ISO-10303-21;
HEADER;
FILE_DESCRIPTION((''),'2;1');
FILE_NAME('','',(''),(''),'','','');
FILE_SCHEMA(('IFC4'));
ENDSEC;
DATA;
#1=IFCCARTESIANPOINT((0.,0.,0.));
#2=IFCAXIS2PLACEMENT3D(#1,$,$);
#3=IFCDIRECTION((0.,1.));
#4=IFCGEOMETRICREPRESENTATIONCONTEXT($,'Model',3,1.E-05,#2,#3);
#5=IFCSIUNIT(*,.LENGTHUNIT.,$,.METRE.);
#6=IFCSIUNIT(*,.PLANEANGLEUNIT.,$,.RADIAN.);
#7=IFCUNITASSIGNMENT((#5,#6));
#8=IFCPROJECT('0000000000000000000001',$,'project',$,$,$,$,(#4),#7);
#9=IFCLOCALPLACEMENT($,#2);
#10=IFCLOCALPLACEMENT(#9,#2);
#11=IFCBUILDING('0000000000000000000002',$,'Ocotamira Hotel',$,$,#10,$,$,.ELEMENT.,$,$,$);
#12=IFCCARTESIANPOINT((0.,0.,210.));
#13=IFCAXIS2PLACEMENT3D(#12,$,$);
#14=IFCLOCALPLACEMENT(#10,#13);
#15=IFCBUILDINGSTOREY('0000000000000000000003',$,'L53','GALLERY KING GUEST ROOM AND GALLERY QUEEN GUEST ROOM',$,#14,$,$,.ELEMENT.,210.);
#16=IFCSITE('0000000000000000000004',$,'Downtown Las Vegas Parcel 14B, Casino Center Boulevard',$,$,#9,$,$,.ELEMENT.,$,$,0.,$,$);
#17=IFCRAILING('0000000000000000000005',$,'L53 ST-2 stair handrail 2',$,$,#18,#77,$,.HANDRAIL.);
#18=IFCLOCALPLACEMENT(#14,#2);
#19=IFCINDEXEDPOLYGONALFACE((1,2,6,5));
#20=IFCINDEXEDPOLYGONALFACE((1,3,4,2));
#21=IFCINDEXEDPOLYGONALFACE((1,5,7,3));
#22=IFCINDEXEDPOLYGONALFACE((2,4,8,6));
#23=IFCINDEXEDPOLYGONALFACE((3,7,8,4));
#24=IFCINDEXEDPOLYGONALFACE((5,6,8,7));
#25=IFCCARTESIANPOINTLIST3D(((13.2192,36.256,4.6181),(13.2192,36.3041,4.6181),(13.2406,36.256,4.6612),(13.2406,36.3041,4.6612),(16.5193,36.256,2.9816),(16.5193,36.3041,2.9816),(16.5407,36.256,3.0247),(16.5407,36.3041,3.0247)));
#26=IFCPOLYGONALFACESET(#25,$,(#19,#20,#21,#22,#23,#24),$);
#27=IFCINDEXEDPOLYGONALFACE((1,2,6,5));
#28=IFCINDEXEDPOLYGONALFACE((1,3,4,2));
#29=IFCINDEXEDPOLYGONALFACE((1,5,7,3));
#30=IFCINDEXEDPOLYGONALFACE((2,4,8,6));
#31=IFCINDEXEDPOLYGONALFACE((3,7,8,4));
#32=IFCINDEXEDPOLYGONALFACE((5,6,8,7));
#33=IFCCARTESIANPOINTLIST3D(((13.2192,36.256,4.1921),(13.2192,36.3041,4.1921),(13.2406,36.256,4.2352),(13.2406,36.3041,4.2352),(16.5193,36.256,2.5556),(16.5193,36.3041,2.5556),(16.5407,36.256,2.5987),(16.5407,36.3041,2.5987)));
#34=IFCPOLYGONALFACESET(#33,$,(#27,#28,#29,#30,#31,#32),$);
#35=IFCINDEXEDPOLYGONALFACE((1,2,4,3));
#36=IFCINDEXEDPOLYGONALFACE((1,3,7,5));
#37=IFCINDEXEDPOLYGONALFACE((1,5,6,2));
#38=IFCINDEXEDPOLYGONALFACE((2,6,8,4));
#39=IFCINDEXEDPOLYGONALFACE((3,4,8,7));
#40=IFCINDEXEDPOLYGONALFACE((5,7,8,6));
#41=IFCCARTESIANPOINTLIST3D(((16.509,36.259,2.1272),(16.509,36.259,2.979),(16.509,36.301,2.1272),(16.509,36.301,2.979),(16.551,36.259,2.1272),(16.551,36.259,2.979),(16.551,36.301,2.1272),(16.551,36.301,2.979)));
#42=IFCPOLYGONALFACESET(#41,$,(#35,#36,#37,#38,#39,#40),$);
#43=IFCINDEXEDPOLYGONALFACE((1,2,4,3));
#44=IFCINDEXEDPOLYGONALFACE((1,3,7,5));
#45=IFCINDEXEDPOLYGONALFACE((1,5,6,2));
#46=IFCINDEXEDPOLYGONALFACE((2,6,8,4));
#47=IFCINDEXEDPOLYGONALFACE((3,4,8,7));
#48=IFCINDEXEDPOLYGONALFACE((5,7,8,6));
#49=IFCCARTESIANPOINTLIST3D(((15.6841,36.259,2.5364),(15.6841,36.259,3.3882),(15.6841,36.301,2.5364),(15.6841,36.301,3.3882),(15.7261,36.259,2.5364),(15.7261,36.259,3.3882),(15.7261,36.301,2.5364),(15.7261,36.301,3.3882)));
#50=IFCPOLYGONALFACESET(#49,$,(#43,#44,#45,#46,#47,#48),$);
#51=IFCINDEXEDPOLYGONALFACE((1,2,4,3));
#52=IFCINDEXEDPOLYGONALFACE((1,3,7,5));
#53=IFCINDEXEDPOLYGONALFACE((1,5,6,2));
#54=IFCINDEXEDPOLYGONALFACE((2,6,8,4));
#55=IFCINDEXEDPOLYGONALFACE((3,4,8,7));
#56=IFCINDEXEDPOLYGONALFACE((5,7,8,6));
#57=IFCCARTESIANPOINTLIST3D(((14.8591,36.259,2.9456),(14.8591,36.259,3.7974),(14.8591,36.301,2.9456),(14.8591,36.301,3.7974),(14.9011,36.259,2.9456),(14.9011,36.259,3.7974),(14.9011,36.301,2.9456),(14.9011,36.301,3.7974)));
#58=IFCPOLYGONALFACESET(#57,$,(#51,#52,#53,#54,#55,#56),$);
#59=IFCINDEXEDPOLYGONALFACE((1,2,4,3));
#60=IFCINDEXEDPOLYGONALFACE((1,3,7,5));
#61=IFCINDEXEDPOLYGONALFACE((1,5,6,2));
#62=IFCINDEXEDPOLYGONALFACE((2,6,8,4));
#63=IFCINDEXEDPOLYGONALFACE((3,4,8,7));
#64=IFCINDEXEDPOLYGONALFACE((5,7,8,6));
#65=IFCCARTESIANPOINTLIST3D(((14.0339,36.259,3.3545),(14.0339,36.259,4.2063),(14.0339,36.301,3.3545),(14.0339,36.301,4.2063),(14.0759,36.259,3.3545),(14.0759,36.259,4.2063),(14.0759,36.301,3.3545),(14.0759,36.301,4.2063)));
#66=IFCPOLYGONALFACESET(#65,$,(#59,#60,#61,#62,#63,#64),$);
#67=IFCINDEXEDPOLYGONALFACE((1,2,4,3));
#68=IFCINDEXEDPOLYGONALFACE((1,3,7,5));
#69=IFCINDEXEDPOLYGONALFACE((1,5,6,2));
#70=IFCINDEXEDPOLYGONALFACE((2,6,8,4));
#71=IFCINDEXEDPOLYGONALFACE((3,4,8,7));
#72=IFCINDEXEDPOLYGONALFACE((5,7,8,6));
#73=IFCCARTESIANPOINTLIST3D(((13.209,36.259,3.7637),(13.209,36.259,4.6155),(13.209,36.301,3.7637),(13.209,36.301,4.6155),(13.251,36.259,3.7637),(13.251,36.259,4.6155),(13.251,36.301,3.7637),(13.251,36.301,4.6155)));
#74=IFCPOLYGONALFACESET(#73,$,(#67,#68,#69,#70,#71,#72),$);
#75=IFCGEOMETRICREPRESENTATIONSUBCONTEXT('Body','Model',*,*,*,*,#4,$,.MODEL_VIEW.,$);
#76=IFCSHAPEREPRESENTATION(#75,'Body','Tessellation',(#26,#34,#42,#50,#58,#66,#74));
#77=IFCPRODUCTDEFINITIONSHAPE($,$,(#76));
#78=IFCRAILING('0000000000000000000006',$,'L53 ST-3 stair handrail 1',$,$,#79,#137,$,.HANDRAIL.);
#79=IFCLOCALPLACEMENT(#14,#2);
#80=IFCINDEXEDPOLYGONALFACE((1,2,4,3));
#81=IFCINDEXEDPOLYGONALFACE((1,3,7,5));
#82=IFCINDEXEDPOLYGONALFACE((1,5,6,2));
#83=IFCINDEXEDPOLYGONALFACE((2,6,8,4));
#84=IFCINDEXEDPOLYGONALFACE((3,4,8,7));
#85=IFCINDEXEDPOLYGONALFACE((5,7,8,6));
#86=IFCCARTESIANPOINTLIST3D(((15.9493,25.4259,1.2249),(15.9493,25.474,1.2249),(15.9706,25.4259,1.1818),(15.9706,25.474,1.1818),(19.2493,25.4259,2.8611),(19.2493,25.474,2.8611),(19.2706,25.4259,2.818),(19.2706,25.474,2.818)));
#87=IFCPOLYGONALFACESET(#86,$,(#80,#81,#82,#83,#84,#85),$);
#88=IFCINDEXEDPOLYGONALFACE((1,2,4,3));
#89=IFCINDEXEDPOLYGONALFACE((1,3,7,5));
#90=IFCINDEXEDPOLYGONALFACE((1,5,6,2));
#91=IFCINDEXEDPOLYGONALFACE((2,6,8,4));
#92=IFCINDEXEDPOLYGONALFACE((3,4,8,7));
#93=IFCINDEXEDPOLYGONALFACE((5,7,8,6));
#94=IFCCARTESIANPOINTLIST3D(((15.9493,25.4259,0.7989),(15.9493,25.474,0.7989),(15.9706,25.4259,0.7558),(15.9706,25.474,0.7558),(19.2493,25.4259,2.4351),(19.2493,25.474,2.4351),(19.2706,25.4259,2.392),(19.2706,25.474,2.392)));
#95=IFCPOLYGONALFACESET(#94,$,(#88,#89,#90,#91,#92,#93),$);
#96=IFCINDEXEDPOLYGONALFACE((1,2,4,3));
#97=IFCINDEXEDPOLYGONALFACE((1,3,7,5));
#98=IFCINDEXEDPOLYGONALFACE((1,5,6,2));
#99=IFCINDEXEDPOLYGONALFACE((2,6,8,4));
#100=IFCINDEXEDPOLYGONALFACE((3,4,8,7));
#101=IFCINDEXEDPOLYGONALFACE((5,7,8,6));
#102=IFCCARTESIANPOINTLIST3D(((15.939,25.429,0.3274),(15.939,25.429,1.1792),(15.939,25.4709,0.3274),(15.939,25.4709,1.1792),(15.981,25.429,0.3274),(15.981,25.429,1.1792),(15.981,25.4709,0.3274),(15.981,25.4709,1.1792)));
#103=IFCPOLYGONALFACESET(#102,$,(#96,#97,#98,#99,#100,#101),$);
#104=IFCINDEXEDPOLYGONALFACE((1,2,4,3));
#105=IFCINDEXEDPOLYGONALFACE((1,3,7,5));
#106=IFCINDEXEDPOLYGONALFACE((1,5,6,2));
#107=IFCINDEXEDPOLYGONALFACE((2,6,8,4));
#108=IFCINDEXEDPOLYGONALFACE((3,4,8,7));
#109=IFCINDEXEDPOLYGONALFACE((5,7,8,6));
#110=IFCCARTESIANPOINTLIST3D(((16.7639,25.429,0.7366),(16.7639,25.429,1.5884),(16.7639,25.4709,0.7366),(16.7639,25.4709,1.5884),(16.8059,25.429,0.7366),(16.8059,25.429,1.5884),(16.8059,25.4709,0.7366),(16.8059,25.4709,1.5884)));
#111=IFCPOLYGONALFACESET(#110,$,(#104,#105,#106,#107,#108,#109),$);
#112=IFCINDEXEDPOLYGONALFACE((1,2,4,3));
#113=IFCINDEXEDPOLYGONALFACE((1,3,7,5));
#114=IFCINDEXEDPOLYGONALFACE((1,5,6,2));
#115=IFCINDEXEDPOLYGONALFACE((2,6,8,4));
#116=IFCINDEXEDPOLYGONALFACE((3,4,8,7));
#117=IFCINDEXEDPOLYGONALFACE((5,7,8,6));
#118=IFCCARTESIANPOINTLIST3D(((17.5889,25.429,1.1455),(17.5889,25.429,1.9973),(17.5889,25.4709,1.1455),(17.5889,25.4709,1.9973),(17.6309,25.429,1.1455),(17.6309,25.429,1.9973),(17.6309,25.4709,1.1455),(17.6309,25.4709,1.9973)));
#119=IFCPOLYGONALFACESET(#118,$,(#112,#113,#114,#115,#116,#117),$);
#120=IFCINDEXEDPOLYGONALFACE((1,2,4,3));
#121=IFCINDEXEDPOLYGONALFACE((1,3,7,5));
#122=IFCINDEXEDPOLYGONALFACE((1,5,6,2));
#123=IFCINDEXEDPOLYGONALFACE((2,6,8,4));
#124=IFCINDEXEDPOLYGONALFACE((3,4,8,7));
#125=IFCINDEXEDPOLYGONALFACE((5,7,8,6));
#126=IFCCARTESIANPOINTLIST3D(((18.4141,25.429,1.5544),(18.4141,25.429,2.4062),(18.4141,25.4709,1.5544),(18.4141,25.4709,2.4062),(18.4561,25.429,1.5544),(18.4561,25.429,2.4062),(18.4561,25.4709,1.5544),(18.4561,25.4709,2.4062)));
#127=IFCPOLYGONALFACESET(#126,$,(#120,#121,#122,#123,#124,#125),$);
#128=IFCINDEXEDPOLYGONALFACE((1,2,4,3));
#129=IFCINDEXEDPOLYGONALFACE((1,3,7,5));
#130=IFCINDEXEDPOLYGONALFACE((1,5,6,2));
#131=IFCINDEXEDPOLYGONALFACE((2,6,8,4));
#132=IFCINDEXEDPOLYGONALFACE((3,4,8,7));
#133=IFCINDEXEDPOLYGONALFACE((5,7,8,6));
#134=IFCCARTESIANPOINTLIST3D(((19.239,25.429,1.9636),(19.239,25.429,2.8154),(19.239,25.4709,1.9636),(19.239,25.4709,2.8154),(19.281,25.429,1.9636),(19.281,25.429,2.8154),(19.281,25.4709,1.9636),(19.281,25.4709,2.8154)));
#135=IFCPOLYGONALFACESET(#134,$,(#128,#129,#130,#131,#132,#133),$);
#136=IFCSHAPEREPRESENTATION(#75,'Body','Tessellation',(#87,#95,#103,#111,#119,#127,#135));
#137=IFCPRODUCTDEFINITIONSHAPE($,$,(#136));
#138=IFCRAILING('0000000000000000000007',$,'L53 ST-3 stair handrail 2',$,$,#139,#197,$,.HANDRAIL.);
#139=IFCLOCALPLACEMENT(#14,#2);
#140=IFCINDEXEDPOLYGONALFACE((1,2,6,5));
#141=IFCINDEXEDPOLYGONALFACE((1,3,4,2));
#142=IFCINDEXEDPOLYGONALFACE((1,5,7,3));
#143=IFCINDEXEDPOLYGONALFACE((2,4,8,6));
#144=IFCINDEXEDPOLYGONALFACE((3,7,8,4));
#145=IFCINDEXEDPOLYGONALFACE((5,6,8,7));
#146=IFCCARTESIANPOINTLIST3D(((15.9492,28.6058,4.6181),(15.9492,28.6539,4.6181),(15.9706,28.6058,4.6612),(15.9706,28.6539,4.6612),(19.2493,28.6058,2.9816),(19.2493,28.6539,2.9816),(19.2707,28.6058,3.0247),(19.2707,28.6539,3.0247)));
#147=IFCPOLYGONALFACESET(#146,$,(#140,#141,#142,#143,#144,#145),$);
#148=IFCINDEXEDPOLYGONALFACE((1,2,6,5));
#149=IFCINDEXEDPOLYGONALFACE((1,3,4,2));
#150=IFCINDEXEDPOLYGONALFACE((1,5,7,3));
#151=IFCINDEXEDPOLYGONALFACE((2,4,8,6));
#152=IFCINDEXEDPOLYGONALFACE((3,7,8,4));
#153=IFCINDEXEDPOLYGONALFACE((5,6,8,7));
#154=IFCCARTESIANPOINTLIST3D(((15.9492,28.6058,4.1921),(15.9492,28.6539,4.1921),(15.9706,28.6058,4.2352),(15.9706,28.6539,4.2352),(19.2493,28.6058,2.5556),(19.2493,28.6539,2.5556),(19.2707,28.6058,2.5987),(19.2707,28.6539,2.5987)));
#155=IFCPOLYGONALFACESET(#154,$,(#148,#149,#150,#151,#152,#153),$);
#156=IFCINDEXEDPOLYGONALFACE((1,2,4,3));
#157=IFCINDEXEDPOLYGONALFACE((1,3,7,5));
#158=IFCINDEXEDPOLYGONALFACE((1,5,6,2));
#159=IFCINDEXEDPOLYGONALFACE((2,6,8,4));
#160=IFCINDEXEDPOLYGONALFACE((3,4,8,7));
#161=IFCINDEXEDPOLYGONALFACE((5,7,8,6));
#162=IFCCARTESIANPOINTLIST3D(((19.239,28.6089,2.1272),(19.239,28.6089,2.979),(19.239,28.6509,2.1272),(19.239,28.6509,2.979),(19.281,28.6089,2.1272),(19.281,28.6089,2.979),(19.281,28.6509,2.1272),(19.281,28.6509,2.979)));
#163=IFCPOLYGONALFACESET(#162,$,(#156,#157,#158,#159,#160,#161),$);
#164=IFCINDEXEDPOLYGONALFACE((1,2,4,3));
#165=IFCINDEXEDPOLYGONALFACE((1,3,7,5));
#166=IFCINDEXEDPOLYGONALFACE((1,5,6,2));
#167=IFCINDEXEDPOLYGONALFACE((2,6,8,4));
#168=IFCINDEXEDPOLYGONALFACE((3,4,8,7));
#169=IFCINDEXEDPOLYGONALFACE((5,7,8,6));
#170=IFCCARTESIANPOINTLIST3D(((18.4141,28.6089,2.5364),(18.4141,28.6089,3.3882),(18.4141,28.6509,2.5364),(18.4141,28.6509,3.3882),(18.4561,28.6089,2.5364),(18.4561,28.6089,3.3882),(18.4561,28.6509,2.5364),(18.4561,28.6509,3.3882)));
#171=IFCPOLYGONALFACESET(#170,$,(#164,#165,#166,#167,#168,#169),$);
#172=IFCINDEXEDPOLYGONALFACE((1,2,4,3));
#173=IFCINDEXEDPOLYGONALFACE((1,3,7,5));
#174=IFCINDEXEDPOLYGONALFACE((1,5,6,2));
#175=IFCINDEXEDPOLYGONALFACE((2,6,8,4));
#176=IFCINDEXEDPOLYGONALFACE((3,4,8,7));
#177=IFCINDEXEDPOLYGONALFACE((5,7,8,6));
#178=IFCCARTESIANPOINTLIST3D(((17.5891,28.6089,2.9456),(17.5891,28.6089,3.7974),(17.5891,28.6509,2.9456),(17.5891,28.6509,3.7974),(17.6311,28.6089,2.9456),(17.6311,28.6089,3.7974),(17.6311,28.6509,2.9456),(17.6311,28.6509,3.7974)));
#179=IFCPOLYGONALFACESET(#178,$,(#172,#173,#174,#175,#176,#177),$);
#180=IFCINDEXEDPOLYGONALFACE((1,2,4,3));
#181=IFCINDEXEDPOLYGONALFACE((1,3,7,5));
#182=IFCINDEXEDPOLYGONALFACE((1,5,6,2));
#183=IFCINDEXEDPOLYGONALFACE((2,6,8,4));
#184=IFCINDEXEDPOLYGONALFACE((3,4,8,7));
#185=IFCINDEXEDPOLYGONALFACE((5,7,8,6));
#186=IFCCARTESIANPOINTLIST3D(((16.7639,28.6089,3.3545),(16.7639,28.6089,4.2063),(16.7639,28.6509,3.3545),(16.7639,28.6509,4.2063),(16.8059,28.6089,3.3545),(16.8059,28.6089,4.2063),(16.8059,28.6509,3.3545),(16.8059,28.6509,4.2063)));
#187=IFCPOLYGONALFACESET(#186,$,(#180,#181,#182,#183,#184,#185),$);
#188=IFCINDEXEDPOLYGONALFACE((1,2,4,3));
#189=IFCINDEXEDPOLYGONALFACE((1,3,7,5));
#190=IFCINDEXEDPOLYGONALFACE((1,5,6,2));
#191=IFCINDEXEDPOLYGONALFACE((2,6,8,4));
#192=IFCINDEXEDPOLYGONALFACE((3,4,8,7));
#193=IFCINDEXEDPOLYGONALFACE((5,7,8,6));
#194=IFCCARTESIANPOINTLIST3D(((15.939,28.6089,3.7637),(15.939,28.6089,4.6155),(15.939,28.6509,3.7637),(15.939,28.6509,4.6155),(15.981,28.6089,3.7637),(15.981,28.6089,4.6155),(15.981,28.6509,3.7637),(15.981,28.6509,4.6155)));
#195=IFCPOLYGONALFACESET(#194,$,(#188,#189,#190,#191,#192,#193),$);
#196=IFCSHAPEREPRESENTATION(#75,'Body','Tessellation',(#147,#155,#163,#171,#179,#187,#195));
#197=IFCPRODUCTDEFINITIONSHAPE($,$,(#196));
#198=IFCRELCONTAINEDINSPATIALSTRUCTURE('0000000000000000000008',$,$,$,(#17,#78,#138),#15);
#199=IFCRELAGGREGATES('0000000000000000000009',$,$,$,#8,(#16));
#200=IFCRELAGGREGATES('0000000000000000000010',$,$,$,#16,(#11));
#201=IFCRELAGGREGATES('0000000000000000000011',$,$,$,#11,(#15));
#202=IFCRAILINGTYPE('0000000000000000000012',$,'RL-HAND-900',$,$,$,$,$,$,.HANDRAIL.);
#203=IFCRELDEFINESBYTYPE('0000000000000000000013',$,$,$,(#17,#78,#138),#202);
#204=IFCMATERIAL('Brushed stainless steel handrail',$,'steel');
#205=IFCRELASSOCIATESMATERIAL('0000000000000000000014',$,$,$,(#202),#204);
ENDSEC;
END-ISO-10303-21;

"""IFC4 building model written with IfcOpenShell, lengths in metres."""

from ifc_helpers import new_model, si_unit, direction, frame, origin, origin_2d, place, context, subcontext, project, spatial, rectangle, extrude, material, type_object, element, save


model = new_model("IFC4")

# Units and contexts
model_context = context("Model", 3, precision=1e-05, world=origin(), true_north=direction((0.0, 1.0)))
body_context = subcontext(model_context, "Body", "Model", "MODEL_VIEW")
ifc_project = project(units=[si_unit("LENGTHUNIT", "METRE"), si_unit("PLANEANGLEUNIT", "RADIAN")], contexts=[model_context])

# Site, building, storey
site_placement = place(None, origin())
site = spatial("IfcSite", under=ifc_project, at=site_placement, Name="Downtown Las Vegas Parcel 14B, Casino Center Boulevard", CompositionType="ELEMENT", RefElevation=0.0)
building_placement = place(site_placement, origin())
building = spatial("IfcBuilding", under=site, at=building_placement, Name="Ocotamira Hotel", CompositionType="ELEMENT")
storey_placement = place(building_placement, frame((0.0, 0.0, 210.0)))
storey = spatial("IfcBuildingStorey", under=building, at=storey_placement, Name="L53", Description="GALLERY KING GUEST ROOM AND GALLERY QUEEN GUEST ROOM", CompositionType="ELEMENT", Elevation=210.0)

# Railings
ifc_material_1 = material(Name="Brushed stainless steel handrail", Category="steel")
railing_type_1 = type_object("IfcRailingType", Name="RL-HAND-900", PredefinedType="HANDRAIL", material=ifc_material_1)
railing_1_placement = place(storey_placement, frame((16.53, 36.28, 2.1272)))
element("IfcRailing", 1, at=railing_1_placement, inside=storey, type_object=railing_type_1, Name="L53 ST-2 stair handrail 2", PredefinedType="HANDRAIL", context=body_context, shape_type="SweptSolid", body=[
    extrude(rectangle(XDim=0.0481, YDim=0.0481, at=origin_2d()), frame((0.0, 0.0, 0.876), z_axis=(-0.895894, 0.0, 0.444268), x_axis=(0.0, -1.0, 0.0)), (0.0, 0.0, 1.0), 3.6836),
    extrude(rectangle(XDim=0.0481, YDim=0.0481, at=origin_2d()), frame((0.0, 0.0, 0.45), z_axis=(-0.895894, 0.0, 0.444268), x_axis=(0.0, -1.0, 0.0)), (0.0, 0.0, 1.0), 3.6836),
    extrude(rectangle(XDim=0.042, YDim=0.042, at=origin_2d()), origin(), (0.0, 0.0, 1.0), 0.8518),
    extrude(rectangle(XDim=0.042, YDim=0.042, at=origin_2d()), frame((-0.825, 0.0, 0.4092)), (0.0, 0.0, 1.0), 0.8518),
    extrude(rectangle(XDim=0.042, YDim=0.042, at=origin_2d()), frame((-1.6499, 0.0, 0.8184)), (0.0, 0.0, 1.0), 0.8518),
    extrude(rectangle(XDim=0.042, YDim=0.042, at=origin_2d()), frame((-2.4751, 0.0, 1.2273)), (0.0, 0.0, 1.0), 0.8518),
    extrude(rectangle(XDim=0.042, YDim=0.042, at=origin_2d()), frame((-3.3, 0.0, 1.6365)), (0.0, 0.0, 1.0), 0.8518),
])
railing_2_placement = place(storey_placement, frame((15.96, 25.45, 0.3274)))
element("IfcRailing", 2, at=railing_2_placement, inside=storey, type_object=railing_type_1, Name="L53 ST-3 stair handrail 1", PredefinedType="HANDRAIL", context=body_context, shape_type="SweptSolid", body=[
    extrude(rectangle(XDim=0.0481, YDim=0.0481, at=origin_2d()), frame((0.0, 0.0, 0.876), z_axis=(0.89592, 0.0, 0.444215), x_axis=(0.0, 1.0, 0.0)), (0.0, 0.0, 1.0), 3.6833),
    extrude(rectangle(XDim=0.0481, YDim=0.0481, at=origin_2d()), frame((0.0, 0.0, 0.45), z_axis=(0.89592, 0.0, 0.444215), x_axis=(0.0, 1.0, 0.0)), (0.0, 0.0, 1.0), 3.6833),
    extrude(rectangle(XDim=0.042, YDim=0.042, at=origin_2d()), origin(), (0.0, 0.0, 1.0), 0.8518),
    extrude(rectangle(XDim=0.042, YDim=0.042, at=origin_2d()), frame((0.825, 0.0, 0.4092)), (0.0, 0.0, 1.0), 0.8518),
    extrude(rectangle(XDim=0.042, YDim=0.042, at=origin_2d()), frame((1.6499, 0.0, 0.8181)), (0.0, 0.0, 1.0), 0.8518),
    extrude(rectangle(XDim=0.042, YDim=0.042, at=origin_2d()), frame((2.4751, 0.0, 1.2271)), (0.0, 0.0, 1.0), 0.8518),
    extrude(rectangle(XDim=0.042, YDim=0.042, at=origin_2d()), frame((3.3, 0.0, 1.6362)), (0.0, 0.0, 1.0), 0.8518),
])
railing_3_placement = place(storey_placement, frame((19.26, 28.6299, 2.1272)))
element("IfcRailing", 3, at=railing_3_placement, inside=storey, type_object=railing_type_1, Name="L53 ST-3 stair handrail 2", PredefinedType="HANDRAIL", context=body_context, shape_type="SweptSolid", body=[
    extrude(rectangle(XDim=0.0481, YDim=0.0481, at=origin_2d()), frame((0.0, 0.0, 0.876), z_axis=(-0.895894, 0.0, 0.444268), x_axis=(0.0, -1.0, 0.0)), (0.0, 0.0, 1.0), 3.6836),
    extrude(rectangle(XDim=0.0481, YDim=0.0481, at=origin_2d()), frame((0.0, 0.0, 0.45), z_axis=(-0.895894, 0.0, 0.444268), x_axis=(0.0, -1.0, 0.0)), (0.0, 0.0, 1.0), 3.6836),
    extrude(rectangle(XDim=0.042, YDim=0.042, at=origin_2d()), origin(), (0.0, 0.0, 1.0), 0.8518),
    extrude(rectangle(XDim=0.042, YDim=0.042, at=origin_2d()), frame((-0.825, 0.0, 0.4092)), (0.0, 0.0, 1.0), 0.8518),
    extrude(rectangle(XDim=0.042, YDim=0.042, at=origin_2d()), frame((-1.6499, 0.0, 0.8184)), (0.0, 0.0, 1.0), 0.8518),
    extrude(rectangle(XDim=0.042, YDim=0.042, at=origin_2d()), frame((-2.4751, 0.0, 1.2273)), (0.0, 0.0, 1.0), 0.8518),
    extrude(rectangle(XDim=0.042, YDim=0.042, at=origin_2d()), frame((-3.3, 0.0, 1.6365)), (0.0, 0.0, 1.0), 0.8518),
])

save(model, "model.ifc")
